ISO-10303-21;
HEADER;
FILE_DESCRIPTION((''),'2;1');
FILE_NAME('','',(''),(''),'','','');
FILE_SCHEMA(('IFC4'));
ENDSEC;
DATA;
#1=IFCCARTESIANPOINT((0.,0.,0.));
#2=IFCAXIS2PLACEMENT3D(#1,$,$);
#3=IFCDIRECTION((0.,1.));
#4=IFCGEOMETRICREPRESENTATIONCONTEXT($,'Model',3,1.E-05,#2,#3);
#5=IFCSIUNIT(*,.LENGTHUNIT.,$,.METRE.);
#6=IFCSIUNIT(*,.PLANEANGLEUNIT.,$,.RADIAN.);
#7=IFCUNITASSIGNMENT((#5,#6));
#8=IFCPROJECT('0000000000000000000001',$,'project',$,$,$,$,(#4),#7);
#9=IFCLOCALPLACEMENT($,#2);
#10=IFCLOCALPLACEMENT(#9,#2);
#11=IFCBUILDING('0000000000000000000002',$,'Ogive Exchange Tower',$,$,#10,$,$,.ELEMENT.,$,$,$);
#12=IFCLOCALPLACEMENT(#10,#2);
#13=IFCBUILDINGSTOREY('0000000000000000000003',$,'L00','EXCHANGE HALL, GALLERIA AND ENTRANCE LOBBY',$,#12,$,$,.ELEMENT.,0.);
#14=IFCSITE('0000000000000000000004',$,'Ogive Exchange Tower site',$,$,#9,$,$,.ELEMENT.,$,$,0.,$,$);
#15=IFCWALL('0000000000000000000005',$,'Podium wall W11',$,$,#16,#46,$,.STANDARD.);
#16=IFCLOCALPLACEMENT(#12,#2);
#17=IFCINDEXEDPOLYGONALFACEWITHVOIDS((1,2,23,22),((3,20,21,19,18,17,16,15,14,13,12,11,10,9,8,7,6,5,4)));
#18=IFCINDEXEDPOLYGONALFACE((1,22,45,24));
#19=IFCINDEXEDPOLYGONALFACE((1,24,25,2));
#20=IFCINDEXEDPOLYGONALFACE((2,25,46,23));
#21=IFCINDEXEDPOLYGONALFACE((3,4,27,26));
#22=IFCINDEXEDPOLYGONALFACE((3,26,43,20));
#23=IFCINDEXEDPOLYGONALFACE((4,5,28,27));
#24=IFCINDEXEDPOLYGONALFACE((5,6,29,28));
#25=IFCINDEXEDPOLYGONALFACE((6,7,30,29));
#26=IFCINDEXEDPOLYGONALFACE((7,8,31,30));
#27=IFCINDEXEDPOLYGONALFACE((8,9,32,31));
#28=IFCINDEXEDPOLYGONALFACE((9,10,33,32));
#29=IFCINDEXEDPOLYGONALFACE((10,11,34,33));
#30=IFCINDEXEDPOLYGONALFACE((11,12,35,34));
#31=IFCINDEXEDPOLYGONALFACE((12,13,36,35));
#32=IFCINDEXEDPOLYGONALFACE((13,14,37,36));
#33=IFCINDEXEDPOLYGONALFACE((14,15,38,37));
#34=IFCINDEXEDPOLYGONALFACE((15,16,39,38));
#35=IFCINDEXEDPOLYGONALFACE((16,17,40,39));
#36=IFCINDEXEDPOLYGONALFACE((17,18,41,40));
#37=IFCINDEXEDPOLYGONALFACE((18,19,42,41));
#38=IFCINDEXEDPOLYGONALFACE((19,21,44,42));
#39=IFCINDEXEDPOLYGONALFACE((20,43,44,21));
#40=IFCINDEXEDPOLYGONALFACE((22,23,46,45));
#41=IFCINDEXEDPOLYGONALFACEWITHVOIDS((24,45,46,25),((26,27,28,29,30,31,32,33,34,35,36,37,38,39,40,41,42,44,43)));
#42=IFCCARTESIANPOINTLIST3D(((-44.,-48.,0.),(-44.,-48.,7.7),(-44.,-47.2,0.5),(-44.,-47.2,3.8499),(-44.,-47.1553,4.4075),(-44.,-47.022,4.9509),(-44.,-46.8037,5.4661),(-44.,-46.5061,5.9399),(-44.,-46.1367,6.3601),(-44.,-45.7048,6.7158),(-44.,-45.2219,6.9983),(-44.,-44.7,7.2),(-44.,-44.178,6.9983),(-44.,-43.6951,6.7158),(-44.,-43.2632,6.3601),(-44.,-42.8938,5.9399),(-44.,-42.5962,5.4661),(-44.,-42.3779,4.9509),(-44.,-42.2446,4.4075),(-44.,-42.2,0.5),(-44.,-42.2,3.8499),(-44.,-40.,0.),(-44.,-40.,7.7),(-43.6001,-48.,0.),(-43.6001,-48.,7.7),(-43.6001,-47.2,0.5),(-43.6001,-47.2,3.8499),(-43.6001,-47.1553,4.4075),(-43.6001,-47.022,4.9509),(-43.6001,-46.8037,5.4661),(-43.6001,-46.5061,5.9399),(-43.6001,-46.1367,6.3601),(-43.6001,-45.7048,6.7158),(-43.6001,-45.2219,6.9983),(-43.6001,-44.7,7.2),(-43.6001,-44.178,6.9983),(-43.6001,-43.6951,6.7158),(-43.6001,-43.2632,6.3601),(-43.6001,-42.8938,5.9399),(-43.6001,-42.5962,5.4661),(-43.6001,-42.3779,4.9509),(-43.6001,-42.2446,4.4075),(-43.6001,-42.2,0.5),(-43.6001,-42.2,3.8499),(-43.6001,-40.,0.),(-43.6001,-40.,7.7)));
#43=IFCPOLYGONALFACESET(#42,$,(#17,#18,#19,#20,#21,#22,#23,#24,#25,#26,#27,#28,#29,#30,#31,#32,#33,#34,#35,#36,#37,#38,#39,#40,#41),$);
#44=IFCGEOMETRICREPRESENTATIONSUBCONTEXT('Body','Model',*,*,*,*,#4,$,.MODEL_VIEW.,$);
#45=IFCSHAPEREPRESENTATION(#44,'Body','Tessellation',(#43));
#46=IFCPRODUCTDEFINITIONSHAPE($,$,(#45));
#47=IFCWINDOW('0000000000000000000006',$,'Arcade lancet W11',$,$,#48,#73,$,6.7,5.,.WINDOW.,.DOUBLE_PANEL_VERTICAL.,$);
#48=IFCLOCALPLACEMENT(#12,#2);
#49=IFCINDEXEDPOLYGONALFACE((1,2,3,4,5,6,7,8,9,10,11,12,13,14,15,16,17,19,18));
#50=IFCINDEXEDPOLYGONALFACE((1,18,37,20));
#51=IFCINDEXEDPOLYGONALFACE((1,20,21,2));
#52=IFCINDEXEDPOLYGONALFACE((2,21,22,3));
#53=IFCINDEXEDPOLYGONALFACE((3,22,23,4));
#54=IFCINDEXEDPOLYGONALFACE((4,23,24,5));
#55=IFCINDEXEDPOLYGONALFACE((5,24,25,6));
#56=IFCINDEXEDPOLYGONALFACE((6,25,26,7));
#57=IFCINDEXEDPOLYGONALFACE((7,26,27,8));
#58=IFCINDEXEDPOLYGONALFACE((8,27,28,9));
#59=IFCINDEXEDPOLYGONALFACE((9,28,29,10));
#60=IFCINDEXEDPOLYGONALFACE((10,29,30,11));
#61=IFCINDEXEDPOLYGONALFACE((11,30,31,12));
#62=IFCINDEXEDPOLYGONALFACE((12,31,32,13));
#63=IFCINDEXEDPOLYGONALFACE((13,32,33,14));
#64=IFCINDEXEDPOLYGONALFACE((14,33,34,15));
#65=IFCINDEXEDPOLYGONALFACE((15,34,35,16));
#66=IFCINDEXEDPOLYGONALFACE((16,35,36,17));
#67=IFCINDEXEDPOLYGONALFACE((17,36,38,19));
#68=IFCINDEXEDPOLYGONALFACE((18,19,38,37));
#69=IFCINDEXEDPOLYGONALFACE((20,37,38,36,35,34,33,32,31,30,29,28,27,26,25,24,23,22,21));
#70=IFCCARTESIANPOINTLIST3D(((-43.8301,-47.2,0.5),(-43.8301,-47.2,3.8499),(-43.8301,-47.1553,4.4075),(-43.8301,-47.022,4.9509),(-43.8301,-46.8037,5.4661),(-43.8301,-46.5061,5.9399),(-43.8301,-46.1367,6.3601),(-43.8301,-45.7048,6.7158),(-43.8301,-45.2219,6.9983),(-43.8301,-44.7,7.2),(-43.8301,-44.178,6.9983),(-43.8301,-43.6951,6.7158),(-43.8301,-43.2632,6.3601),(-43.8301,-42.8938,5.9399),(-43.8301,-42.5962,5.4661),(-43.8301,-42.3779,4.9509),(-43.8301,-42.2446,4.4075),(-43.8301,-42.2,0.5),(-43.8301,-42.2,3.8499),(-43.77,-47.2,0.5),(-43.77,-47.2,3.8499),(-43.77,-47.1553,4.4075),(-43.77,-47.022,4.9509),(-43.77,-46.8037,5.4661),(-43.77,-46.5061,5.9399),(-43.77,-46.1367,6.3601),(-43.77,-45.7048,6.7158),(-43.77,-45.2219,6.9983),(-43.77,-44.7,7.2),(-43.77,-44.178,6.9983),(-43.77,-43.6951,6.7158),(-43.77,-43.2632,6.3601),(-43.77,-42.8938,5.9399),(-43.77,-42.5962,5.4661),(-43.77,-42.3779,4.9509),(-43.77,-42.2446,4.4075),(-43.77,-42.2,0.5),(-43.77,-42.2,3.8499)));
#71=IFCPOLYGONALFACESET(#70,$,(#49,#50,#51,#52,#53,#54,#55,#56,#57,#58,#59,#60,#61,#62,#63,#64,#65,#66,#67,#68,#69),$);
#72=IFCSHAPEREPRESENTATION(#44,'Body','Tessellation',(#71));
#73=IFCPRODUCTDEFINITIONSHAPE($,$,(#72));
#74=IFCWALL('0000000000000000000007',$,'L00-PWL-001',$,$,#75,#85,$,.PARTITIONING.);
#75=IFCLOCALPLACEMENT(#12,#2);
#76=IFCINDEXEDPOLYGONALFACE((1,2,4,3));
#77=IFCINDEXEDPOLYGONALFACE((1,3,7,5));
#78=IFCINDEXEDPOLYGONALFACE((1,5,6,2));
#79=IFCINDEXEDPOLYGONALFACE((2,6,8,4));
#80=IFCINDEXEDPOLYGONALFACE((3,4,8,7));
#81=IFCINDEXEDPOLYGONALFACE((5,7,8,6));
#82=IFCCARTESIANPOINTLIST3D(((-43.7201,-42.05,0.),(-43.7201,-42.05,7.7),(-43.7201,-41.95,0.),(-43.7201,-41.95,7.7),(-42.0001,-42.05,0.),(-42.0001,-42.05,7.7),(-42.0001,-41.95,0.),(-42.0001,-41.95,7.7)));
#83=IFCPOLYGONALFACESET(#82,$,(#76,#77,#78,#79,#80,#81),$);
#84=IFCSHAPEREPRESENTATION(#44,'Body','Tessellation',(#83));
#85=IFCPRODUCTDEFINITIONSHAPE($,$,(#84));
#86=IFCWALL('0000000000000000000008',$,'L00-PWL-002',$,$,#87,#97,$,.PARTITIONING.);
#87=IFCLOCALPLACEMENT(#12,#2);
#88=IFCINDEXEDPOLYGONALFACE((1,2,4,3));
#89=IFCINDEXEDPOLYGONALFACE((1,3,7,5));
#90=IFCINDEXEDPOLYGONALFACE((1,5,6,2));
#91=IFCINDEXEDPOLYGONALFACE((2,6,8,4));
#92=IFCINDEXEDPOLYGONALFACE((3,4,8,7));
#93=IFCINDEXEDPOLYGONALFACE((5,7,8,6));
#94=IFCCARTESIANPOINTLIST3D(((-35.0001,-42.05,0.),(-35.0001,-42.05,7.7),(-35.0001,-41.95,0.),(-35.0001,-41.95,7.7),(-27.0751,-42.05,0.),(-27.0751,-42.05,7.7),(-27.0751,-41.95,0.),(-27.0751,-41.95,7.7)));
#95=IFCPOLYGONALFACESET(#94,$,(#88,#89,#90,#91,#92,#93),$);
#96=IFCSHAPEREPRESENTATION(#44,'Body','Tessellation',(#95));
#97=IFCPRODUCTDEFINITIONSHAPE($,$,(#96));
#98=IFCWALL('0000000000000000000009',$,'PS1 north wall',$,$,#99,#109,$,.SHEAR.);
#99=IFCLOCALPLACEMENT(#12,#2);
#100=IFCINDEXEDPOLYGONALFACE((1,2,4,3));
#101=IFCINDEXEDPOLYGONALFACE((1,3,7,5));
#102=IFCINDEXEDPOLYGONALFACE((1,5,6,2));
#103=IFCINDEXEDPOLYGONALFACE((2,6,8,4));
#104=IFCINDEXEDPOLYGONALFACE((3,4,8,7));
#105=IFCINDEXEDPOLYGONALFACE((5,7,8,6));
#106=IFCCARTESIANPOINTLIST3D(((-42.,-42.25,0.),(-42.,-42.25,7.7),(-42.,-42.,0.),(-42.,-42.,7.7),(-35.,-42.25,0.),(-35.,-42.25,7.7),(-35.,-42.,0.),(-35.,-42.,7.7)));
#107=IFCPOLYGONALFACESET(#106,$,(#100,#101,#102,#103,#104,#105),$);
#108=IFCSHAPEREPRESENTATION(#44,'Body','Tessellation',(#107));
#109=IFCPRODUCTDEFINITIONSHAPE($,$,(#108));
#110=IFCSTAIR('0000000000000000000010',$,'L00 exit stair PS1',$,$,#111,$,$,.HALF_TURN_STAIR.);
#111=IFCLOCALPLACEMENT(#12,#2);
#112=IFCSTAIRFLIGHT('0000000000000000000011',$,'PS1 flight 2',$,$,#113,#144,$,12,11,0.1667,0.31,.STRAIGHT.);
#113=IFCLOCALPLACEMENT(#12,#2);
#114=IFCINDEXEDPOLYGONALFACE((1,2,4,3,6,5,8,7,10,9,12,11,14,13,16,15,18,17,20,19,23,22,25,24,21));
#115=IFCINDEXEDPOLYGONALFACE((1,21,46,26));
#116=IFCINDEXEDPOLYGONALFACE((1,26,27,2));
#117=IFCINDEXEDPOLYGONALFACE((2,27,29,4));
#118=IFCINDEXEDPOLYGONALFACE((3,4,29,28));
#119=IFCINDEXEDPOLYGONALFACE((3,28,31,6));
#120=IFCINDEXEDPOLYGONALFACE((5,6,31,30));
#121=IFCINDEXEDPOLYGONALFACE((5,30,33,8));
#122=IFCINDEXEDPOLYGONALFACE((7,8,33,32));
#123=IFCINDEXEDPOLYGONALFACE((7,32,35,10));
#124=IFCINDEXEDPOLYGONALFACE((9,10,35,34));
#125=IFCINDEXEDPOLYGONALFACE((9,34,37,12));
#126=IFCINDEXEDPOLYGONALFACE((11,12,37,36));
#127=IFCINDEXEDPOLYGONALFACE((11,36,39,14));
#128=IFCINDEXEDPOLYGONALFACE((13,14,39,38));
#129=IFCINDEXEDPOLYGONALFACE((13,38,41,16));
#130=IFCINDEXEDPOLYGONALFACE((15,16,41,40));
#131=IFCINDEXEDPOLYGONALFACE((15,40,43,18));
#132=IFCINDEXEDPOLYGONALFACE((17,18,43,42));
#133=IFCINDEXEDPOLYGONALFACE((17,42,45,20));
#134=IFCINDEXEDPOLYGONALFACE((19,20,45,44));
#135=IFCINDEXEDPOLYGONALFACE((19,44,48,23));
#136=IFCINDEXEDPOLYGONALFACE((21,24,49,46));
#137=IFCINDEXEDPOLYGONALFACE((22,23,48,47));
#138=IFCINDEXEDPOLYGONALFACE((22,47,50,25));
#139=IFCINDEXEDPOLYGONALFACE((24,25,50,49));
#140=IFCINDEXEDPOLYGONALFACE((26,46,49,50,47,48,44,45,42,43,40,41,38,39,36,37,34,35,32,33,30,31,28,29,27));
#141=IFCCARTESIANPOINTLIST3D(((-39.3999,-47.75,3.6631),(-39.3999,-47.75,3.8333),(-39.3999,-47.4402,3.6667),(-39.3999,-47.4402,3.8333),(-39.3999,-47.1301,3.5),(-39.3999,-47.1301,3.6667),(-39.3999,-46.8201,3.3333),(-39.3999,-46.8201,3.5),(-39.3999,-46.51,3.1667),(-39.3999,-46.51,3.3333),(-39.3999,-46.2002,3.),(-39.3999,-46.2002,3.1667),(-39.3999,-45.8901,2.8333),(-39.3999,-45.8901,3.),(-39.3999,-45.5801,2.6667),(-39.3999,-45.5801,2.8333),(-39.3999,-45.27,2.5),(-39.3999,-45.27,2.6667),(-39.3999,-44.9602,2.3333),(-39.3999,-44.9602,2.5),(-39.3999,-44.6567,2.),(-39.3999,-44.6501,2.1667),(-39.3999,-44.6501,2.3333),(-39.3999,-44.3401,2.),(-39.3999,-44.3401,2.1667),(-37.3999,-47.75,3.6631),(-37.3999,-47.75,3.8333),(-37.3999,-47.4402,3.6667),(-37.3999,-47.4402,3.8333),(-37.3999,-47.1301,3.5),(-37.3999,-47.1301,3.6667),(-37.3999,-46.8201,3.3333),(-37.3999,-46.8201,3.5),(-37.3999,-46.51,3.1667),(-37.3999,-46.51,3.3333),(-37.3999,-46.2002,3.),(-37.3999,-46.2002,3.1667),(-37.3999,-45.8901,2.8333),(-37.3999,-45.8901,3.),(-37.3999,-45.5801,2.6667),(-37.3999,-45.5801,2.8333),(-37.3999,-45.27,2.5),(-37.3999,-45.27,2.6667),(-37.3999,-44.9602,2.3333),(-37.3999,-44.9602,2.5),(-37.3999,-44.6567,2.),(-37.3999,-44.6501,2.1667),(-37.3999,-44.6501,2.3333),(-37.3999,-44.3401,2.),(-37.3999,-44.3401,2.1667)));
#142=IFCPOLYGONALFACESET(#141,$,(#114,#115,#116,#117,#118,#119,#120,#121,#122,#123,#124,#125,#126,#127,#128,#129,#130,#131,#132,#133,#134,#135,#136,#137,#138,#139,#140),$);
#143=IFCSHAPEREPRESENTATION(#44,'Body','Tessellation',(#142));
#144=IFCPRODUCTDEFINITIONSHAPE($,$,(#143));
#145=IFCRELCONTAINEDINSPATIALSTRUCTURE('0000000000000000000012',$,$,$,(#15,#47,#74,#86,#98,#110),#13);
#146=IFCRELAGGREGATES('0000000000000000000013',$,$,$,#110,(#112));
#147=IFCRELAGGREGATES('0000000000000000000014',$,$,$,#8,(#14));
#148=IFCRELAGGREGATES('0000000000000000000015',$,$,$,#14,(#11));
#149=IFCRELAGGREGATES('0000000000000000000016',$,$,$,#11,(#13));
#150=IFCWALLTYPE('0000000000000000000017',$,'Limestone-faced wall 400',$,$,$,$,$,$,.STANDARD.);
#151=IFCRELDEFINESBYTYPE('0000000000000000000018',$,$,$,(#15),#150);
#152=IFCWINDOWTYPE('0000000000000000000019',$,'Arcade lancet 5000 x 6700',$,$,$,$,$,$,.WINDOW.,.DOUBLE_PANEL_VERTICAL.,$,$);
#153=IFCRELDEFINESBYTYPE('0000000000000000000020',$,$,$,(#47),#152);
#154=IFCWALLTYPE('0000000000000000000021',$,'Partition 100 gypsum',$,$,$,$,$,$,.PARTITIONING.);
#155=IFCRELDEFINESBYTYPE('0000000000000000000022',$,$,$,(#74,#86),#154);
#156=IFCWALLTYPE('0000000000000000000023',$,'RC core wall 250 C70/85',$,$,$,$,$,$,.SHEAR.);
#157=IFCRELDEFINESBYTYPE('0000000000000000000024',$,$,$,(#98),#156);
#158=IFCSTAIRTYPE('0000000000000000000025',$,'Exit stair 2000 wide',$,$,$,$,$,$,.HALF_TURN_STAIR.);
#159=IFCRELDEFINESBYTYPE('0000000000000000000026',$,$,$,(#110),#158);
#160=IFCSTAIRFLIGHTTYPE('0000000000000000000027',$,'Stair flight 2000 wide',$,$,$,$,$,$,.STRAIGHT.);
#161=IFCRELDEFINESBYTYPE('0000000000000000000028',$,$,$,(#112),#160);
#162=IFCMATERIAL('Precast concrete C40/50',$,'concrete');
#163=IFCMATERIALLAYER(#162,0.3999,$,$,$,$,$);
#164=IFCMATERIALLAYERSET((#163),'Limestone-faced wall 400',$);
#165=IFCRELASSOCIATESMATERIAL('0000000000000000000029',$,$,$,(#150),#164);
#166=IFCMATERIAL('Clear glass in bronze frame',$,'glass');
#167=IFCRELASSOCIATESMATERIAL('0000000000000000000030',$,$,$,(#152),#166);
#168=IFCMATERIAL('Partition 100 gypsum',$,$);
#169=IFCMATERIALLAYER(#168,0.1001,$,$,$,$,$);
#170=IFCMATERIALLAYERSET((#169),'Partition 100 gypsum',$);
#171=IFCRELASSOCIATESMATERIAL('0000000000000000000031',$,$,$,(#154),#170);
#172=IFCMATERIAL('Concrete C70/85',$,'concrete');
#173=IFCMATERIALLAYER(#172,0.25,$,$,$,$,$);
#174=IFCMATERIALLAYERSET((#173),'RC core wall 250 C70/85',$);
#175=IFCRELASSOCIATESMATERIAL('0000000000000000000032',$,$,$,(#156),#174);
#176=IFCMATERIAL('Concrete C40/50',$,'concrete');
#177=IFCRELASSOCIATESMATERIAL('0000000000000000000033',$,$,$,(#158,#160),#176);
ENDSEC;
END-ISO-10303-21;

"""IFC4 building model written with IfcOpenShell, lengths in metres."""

from ifc_helpers import new_model, si_unit, direction, frame, frame_2d, origin, place, context, subcontext, project, spatial, polyline, rectangle, outline, extrude, material, layer, layer_set, type_object, element, fill, aggregate, save


model = new_model("IFC4")

# Units and contexts
model_context = context("Model", 3, precision=1e-05, world=origin(), true_north=direction((0.0, 1.0)))
body_context = subcontext(model_context, "Body", "Model", "MODEL_VIEW")
ifc_project = project(units=[si_unit("LENGTHUNIT", "METRE"), si_unit("PLANEANGLEUNIT", "RADIAN")], contexts=[model_context])

# Site, building, storey
site_placement = place(None, origin())
site = spatial("IfcSite", under=ifc_project, at=site_placement, Name="Ogive Exchange Tower site", CompositionType="ELEMENT", RefElevation=0.0)
building_placement = place(site_placement, origin())
building = spatial("IfcBuilding", under=site, at=building_placement, Name="Ogive Exchange Tower", CompositionType="ELEMENT")
storey_placement = place(building_placement, origin())
storey = spatial("IfcBuildingStorey", under=building, at=storey_placement, Name="L00", Description="EXCHANGE HALL, GALLERIA AND ENTRANCE LOBBY", CompositionType="ELEMENT", Elevation=0.0)

# Shared definitions
ifc_material_1 = material(Name="Concrete C70/85", Category="concrete")

# Wall, opening, window
ifc_material_2 = material(Name="Precast concrete C40/50", Category="concrete")
ifc_layer_1 = layer(ifc_material_2, 0.3999)
ifc_layer_set_1 = layer_set([ifc_layer_1], Name="Limestone-faced wall 400")
wall_type_1 = type_object("IfcWallType", Name="Limestone-faced wall 400", PredefinedType="STANDARD", material=ifc_layer_set_1)
ifc_material_3 = material(Name="Clear glass in bronze frame", Category="glass")
window_type = type_object("IfcWindowType", Name="Arcade lancet 5000 x 6700", PartitioningType="DOUBLE_PANEL_VERTICAL", PredefinedType="WINDOW", material=ifc_material_3)
wall_1_placement = place(storey_placement, frame((-43.8, -40.0, 0.0), z_axis=(0.0, 0.0, 1.0), x_axis=(0.0, -1.0, 0.0)))
wall_1 = element("IfcWall", 1, at=wall_1_placement, inside=storey, type_object=wall_type_1, Name="Podium wall W11", PredefinedType="STANDARD", context=body_context, shape_type="SweptSolid", body=[
    extrude(rectangle(XDim=8.0, YDim=0.3999, at=frame_2d((4.0, 0.0))), origin(), (0.0, 0.0, 1.0), 7.7),
])
opening_1_placement = place(wall_1_placement, frame((2.2, 0.0, 0.5)))
opening_1 = element("IfcOpeningElement", 2, at=opening_1_placement, cuts=wall_1, PredefinedType="OPENING", context=body_context, shape_type="SweptSolid", body=[
    extrude(outline(polyline([(0.0, 0.0), (5.0, 0.0), (5.0, 3.3499), (4.9553, 3.9075), (4.822, 4.4509), (4.6038, 4.9661), (4.3062, 5.4399), (3.9368, 5.8601), (3.5049, 6.2158), (3.022, 6.4983), (2.5, 6.7), (1.978, 6.4983), (1.4951, 6.2158), (1.0632, 5.8601), (0.6938, 5.4399), (0.3962, 4.9661), (0.178, 4.4509), (0.0447, 3.9075), (0.0, 3.3499), (0.0, 0.0)])), frame((0.0, 0.21, 0.0), z_axis=(0.0, -1.0, 0.0), x_axis=(1.0, 0.0, 0.0)), (0.0, 0.0, 1.0), 0.4199),
])
window_1_placement = place(opening_1_placement, origin())
window_1 = element("IfcWindow", 3, at=window_1_placement, inside=storey, type_object=window_type, Name="Arcade lancet W11", OverallHeight=6.7, OverallWidth=5.0, PartitioningType="DOUBLE_PANEL_VERTICAL", PredefinedType="WINDOW", context=body_context, shape_type="SweptSolid", body=[
    extrude(outline(polyline([(0.0, 0.0), (5.0, 0.0), (5.0, 3.3499), (4.9553, 3.9075), (4.822, 4.4509), (4.6038, 4.9661), (4.3062, 5.4399), (3.9368, 5.8601), (3.5049, 6.2158), (3.022, 6.4983), (2.5, 6.7), (1.978, 6.4983), (1.4951, 6.2158), (1.0632, 5.8601), (0.6938, 5.4399), (0.3962, 4.9661), (0.178, 4.4509), (0.0447, 3.9075), (0.0, 3.3499), (0.0, 0.0)])), frame((0.0, 0.03, 0.0), z_axis=(0.0, -1.0, 0.0), x_axis=(1.0, 0.0, 0.0)), (0.0, 0.0, 1.0), 0.0601),
])
fill(opening_1, window_1)

# Walls
ifc_material_4 = material(Name="Partition 100 gypsum")
ifc_layer_2 = layer(ifc_material_4, 0.1001)
ifc_layer_set_2 = layer_set([ifc_layer_2], Name="Partition 100 gypsum")
wall_type_2 = type_object("IfcWallType", Name="Partition 100 gypsum", PredefinedType="PARTITIONING", material=ifc_layer_set_2)
wall_2_placement = place(storey_placement, frame((-43.72, -42.0, 0.0), z_axis=(0.0, 0.0, 1.0), x_axis=(1.0, 0.0, 0.0)))
element("IfcWall", 4, at=wall_2_placement, inside=storey, type_object=wall_type_2, Name="L00-PWL-001", PredefinedType="PARTITIONING", context=body_context, shape_type="SweptSolid", body=[
    extrude(rectangle(XDim=1.72, YDim=0.1001, at=frame_2d((0.8599, 0.0))), origin(), (0.0, 0.0, 1.0), 7.7),
])
wall_3_placement = place(storey_placement, frame((-35.0, -42.0, 0.0), z_axis=(0.0, 0.0, 1.0), x_axis=(1.0, 0.0, 0.0)))
element("IfcWall", 5, at=wall_3_placement, inside=storey, type_object=wall_type_2, Name="L00-PWL-002", PredefinedType="PARTITIONING", context=body_context, shape_type="SweptSolid", body=[
    extrude(rectangle(XDim=7.925, YDim=0.1001, at=frame_2d((3.9624, 0.0))), origin(), (0.0, 0.0, 1.0), 7.7),
])
ifc_layer_3 = layer(ifc_material_1, 0.25)
ifc_layer_set_3 = layer_set([ifc_layer_3], Name="RC core wall 250 C70/85")
wall_type_3 = type_object("IfcWallType", Name="RC core wall 250 C70/85", PredefinedType="SHEAR", material=ifc_layer_set_3)
wall_4_placement = place(storey_placement, frame((-42.0, -42.125, 0.0), z_axis=(0.0, 0.0, 1.0), x_axis=(1.0, 0.0, 0.0)))
element("IfcWall", 6, at=wall_4_placement, inside=storey, type_object=wall_type_3, Name="PS1 north wall", PredefinedType="SHEAR", context=body_context, shape_type="SweptSolid", body=[
    extrude(rectangle(XDim=7.0, YDim=0.25, at=frame_2d((3.5, 0.0))), origin(), (0.0, 0.0, 1.0), 7.7),
])

# Stair, stair flight
ifc_material_5 = material(Name="Concrete C40/50", Category="concrete")
stair_type = type_object("IfcStairType", Name="Exit stair 2000 wide", PredefinedType="HALF_TURN_STAIR", material=ifc_material_5)
stair_placement = place(storey_placement, origin())
stair = element("IfcStair", 7, at=stair_placement, inside=storey, type_object=stair_type, Name="L00 exit stair PS1", PredefinedType="HALF_TURN_STAIR")
stair_flight_type = type_object("IfcStairFlightType", Name="Stair flight 2000 wide", PredefinedType="STRAIGHT", material=ifc_material_5)
stair_flight_1_placement = place(storey_placement, frame((-38.3999, -44.3401, 2.0), z_axis=(0.0, 0.0, 1.0), x_axis=(0.0, -1.0, 0.0)))
stair_flight_1 = element("IfcStairFlight", 8, at=stair_flight_1_placement, type_object=stair_flight_type, Name="PS1 flight 2", NumberOfRisers=12, NumberOfTreads=11, PredefinedType="STRAIGHT", RiserHeight=0.1667, TreadLength=0.31, context=body_context, shape_type="SweptSolid", body=[
    extrude(outline(polyline([(0.0, 0.0), (0.0, 0.1667), (0.3101, 0.1667), (0.3101, 0.3333), (0.6201, 0.3333), (0.6201, 0.5), (0.9299, 0.5), (0.9299, 0.6667), (1.24, 0.6667), (1.24, 0.8333), (1.55, 0.8333), (1.55, 1.0), (1.8601, 1.0), (1.8601, 1.1667), (2.1699, 1.1667), (2.1699, 1.3333), (2.48, 1.3333), (2.48, 1.5), (2.79, 1.5), (2.79, 1.6667), (3.1001, 1.6667), (3.1001, 1.8333), (3.4099, 1.8333), (3.4099, 2.0), (3.4099, 1.6631), (0.3167, 0.0), (0.0, 0.0)])), frame((0.0, 1.0, 0.0), z_axis=(0.0, -1.0, 0.0), x_axis=(1.0, 0.0, 0.0)), (0.0, 0.0, 1.0), 2.0),
])
aggregate(stair, [stair_flight_1])

save(model, "model.ifc")
